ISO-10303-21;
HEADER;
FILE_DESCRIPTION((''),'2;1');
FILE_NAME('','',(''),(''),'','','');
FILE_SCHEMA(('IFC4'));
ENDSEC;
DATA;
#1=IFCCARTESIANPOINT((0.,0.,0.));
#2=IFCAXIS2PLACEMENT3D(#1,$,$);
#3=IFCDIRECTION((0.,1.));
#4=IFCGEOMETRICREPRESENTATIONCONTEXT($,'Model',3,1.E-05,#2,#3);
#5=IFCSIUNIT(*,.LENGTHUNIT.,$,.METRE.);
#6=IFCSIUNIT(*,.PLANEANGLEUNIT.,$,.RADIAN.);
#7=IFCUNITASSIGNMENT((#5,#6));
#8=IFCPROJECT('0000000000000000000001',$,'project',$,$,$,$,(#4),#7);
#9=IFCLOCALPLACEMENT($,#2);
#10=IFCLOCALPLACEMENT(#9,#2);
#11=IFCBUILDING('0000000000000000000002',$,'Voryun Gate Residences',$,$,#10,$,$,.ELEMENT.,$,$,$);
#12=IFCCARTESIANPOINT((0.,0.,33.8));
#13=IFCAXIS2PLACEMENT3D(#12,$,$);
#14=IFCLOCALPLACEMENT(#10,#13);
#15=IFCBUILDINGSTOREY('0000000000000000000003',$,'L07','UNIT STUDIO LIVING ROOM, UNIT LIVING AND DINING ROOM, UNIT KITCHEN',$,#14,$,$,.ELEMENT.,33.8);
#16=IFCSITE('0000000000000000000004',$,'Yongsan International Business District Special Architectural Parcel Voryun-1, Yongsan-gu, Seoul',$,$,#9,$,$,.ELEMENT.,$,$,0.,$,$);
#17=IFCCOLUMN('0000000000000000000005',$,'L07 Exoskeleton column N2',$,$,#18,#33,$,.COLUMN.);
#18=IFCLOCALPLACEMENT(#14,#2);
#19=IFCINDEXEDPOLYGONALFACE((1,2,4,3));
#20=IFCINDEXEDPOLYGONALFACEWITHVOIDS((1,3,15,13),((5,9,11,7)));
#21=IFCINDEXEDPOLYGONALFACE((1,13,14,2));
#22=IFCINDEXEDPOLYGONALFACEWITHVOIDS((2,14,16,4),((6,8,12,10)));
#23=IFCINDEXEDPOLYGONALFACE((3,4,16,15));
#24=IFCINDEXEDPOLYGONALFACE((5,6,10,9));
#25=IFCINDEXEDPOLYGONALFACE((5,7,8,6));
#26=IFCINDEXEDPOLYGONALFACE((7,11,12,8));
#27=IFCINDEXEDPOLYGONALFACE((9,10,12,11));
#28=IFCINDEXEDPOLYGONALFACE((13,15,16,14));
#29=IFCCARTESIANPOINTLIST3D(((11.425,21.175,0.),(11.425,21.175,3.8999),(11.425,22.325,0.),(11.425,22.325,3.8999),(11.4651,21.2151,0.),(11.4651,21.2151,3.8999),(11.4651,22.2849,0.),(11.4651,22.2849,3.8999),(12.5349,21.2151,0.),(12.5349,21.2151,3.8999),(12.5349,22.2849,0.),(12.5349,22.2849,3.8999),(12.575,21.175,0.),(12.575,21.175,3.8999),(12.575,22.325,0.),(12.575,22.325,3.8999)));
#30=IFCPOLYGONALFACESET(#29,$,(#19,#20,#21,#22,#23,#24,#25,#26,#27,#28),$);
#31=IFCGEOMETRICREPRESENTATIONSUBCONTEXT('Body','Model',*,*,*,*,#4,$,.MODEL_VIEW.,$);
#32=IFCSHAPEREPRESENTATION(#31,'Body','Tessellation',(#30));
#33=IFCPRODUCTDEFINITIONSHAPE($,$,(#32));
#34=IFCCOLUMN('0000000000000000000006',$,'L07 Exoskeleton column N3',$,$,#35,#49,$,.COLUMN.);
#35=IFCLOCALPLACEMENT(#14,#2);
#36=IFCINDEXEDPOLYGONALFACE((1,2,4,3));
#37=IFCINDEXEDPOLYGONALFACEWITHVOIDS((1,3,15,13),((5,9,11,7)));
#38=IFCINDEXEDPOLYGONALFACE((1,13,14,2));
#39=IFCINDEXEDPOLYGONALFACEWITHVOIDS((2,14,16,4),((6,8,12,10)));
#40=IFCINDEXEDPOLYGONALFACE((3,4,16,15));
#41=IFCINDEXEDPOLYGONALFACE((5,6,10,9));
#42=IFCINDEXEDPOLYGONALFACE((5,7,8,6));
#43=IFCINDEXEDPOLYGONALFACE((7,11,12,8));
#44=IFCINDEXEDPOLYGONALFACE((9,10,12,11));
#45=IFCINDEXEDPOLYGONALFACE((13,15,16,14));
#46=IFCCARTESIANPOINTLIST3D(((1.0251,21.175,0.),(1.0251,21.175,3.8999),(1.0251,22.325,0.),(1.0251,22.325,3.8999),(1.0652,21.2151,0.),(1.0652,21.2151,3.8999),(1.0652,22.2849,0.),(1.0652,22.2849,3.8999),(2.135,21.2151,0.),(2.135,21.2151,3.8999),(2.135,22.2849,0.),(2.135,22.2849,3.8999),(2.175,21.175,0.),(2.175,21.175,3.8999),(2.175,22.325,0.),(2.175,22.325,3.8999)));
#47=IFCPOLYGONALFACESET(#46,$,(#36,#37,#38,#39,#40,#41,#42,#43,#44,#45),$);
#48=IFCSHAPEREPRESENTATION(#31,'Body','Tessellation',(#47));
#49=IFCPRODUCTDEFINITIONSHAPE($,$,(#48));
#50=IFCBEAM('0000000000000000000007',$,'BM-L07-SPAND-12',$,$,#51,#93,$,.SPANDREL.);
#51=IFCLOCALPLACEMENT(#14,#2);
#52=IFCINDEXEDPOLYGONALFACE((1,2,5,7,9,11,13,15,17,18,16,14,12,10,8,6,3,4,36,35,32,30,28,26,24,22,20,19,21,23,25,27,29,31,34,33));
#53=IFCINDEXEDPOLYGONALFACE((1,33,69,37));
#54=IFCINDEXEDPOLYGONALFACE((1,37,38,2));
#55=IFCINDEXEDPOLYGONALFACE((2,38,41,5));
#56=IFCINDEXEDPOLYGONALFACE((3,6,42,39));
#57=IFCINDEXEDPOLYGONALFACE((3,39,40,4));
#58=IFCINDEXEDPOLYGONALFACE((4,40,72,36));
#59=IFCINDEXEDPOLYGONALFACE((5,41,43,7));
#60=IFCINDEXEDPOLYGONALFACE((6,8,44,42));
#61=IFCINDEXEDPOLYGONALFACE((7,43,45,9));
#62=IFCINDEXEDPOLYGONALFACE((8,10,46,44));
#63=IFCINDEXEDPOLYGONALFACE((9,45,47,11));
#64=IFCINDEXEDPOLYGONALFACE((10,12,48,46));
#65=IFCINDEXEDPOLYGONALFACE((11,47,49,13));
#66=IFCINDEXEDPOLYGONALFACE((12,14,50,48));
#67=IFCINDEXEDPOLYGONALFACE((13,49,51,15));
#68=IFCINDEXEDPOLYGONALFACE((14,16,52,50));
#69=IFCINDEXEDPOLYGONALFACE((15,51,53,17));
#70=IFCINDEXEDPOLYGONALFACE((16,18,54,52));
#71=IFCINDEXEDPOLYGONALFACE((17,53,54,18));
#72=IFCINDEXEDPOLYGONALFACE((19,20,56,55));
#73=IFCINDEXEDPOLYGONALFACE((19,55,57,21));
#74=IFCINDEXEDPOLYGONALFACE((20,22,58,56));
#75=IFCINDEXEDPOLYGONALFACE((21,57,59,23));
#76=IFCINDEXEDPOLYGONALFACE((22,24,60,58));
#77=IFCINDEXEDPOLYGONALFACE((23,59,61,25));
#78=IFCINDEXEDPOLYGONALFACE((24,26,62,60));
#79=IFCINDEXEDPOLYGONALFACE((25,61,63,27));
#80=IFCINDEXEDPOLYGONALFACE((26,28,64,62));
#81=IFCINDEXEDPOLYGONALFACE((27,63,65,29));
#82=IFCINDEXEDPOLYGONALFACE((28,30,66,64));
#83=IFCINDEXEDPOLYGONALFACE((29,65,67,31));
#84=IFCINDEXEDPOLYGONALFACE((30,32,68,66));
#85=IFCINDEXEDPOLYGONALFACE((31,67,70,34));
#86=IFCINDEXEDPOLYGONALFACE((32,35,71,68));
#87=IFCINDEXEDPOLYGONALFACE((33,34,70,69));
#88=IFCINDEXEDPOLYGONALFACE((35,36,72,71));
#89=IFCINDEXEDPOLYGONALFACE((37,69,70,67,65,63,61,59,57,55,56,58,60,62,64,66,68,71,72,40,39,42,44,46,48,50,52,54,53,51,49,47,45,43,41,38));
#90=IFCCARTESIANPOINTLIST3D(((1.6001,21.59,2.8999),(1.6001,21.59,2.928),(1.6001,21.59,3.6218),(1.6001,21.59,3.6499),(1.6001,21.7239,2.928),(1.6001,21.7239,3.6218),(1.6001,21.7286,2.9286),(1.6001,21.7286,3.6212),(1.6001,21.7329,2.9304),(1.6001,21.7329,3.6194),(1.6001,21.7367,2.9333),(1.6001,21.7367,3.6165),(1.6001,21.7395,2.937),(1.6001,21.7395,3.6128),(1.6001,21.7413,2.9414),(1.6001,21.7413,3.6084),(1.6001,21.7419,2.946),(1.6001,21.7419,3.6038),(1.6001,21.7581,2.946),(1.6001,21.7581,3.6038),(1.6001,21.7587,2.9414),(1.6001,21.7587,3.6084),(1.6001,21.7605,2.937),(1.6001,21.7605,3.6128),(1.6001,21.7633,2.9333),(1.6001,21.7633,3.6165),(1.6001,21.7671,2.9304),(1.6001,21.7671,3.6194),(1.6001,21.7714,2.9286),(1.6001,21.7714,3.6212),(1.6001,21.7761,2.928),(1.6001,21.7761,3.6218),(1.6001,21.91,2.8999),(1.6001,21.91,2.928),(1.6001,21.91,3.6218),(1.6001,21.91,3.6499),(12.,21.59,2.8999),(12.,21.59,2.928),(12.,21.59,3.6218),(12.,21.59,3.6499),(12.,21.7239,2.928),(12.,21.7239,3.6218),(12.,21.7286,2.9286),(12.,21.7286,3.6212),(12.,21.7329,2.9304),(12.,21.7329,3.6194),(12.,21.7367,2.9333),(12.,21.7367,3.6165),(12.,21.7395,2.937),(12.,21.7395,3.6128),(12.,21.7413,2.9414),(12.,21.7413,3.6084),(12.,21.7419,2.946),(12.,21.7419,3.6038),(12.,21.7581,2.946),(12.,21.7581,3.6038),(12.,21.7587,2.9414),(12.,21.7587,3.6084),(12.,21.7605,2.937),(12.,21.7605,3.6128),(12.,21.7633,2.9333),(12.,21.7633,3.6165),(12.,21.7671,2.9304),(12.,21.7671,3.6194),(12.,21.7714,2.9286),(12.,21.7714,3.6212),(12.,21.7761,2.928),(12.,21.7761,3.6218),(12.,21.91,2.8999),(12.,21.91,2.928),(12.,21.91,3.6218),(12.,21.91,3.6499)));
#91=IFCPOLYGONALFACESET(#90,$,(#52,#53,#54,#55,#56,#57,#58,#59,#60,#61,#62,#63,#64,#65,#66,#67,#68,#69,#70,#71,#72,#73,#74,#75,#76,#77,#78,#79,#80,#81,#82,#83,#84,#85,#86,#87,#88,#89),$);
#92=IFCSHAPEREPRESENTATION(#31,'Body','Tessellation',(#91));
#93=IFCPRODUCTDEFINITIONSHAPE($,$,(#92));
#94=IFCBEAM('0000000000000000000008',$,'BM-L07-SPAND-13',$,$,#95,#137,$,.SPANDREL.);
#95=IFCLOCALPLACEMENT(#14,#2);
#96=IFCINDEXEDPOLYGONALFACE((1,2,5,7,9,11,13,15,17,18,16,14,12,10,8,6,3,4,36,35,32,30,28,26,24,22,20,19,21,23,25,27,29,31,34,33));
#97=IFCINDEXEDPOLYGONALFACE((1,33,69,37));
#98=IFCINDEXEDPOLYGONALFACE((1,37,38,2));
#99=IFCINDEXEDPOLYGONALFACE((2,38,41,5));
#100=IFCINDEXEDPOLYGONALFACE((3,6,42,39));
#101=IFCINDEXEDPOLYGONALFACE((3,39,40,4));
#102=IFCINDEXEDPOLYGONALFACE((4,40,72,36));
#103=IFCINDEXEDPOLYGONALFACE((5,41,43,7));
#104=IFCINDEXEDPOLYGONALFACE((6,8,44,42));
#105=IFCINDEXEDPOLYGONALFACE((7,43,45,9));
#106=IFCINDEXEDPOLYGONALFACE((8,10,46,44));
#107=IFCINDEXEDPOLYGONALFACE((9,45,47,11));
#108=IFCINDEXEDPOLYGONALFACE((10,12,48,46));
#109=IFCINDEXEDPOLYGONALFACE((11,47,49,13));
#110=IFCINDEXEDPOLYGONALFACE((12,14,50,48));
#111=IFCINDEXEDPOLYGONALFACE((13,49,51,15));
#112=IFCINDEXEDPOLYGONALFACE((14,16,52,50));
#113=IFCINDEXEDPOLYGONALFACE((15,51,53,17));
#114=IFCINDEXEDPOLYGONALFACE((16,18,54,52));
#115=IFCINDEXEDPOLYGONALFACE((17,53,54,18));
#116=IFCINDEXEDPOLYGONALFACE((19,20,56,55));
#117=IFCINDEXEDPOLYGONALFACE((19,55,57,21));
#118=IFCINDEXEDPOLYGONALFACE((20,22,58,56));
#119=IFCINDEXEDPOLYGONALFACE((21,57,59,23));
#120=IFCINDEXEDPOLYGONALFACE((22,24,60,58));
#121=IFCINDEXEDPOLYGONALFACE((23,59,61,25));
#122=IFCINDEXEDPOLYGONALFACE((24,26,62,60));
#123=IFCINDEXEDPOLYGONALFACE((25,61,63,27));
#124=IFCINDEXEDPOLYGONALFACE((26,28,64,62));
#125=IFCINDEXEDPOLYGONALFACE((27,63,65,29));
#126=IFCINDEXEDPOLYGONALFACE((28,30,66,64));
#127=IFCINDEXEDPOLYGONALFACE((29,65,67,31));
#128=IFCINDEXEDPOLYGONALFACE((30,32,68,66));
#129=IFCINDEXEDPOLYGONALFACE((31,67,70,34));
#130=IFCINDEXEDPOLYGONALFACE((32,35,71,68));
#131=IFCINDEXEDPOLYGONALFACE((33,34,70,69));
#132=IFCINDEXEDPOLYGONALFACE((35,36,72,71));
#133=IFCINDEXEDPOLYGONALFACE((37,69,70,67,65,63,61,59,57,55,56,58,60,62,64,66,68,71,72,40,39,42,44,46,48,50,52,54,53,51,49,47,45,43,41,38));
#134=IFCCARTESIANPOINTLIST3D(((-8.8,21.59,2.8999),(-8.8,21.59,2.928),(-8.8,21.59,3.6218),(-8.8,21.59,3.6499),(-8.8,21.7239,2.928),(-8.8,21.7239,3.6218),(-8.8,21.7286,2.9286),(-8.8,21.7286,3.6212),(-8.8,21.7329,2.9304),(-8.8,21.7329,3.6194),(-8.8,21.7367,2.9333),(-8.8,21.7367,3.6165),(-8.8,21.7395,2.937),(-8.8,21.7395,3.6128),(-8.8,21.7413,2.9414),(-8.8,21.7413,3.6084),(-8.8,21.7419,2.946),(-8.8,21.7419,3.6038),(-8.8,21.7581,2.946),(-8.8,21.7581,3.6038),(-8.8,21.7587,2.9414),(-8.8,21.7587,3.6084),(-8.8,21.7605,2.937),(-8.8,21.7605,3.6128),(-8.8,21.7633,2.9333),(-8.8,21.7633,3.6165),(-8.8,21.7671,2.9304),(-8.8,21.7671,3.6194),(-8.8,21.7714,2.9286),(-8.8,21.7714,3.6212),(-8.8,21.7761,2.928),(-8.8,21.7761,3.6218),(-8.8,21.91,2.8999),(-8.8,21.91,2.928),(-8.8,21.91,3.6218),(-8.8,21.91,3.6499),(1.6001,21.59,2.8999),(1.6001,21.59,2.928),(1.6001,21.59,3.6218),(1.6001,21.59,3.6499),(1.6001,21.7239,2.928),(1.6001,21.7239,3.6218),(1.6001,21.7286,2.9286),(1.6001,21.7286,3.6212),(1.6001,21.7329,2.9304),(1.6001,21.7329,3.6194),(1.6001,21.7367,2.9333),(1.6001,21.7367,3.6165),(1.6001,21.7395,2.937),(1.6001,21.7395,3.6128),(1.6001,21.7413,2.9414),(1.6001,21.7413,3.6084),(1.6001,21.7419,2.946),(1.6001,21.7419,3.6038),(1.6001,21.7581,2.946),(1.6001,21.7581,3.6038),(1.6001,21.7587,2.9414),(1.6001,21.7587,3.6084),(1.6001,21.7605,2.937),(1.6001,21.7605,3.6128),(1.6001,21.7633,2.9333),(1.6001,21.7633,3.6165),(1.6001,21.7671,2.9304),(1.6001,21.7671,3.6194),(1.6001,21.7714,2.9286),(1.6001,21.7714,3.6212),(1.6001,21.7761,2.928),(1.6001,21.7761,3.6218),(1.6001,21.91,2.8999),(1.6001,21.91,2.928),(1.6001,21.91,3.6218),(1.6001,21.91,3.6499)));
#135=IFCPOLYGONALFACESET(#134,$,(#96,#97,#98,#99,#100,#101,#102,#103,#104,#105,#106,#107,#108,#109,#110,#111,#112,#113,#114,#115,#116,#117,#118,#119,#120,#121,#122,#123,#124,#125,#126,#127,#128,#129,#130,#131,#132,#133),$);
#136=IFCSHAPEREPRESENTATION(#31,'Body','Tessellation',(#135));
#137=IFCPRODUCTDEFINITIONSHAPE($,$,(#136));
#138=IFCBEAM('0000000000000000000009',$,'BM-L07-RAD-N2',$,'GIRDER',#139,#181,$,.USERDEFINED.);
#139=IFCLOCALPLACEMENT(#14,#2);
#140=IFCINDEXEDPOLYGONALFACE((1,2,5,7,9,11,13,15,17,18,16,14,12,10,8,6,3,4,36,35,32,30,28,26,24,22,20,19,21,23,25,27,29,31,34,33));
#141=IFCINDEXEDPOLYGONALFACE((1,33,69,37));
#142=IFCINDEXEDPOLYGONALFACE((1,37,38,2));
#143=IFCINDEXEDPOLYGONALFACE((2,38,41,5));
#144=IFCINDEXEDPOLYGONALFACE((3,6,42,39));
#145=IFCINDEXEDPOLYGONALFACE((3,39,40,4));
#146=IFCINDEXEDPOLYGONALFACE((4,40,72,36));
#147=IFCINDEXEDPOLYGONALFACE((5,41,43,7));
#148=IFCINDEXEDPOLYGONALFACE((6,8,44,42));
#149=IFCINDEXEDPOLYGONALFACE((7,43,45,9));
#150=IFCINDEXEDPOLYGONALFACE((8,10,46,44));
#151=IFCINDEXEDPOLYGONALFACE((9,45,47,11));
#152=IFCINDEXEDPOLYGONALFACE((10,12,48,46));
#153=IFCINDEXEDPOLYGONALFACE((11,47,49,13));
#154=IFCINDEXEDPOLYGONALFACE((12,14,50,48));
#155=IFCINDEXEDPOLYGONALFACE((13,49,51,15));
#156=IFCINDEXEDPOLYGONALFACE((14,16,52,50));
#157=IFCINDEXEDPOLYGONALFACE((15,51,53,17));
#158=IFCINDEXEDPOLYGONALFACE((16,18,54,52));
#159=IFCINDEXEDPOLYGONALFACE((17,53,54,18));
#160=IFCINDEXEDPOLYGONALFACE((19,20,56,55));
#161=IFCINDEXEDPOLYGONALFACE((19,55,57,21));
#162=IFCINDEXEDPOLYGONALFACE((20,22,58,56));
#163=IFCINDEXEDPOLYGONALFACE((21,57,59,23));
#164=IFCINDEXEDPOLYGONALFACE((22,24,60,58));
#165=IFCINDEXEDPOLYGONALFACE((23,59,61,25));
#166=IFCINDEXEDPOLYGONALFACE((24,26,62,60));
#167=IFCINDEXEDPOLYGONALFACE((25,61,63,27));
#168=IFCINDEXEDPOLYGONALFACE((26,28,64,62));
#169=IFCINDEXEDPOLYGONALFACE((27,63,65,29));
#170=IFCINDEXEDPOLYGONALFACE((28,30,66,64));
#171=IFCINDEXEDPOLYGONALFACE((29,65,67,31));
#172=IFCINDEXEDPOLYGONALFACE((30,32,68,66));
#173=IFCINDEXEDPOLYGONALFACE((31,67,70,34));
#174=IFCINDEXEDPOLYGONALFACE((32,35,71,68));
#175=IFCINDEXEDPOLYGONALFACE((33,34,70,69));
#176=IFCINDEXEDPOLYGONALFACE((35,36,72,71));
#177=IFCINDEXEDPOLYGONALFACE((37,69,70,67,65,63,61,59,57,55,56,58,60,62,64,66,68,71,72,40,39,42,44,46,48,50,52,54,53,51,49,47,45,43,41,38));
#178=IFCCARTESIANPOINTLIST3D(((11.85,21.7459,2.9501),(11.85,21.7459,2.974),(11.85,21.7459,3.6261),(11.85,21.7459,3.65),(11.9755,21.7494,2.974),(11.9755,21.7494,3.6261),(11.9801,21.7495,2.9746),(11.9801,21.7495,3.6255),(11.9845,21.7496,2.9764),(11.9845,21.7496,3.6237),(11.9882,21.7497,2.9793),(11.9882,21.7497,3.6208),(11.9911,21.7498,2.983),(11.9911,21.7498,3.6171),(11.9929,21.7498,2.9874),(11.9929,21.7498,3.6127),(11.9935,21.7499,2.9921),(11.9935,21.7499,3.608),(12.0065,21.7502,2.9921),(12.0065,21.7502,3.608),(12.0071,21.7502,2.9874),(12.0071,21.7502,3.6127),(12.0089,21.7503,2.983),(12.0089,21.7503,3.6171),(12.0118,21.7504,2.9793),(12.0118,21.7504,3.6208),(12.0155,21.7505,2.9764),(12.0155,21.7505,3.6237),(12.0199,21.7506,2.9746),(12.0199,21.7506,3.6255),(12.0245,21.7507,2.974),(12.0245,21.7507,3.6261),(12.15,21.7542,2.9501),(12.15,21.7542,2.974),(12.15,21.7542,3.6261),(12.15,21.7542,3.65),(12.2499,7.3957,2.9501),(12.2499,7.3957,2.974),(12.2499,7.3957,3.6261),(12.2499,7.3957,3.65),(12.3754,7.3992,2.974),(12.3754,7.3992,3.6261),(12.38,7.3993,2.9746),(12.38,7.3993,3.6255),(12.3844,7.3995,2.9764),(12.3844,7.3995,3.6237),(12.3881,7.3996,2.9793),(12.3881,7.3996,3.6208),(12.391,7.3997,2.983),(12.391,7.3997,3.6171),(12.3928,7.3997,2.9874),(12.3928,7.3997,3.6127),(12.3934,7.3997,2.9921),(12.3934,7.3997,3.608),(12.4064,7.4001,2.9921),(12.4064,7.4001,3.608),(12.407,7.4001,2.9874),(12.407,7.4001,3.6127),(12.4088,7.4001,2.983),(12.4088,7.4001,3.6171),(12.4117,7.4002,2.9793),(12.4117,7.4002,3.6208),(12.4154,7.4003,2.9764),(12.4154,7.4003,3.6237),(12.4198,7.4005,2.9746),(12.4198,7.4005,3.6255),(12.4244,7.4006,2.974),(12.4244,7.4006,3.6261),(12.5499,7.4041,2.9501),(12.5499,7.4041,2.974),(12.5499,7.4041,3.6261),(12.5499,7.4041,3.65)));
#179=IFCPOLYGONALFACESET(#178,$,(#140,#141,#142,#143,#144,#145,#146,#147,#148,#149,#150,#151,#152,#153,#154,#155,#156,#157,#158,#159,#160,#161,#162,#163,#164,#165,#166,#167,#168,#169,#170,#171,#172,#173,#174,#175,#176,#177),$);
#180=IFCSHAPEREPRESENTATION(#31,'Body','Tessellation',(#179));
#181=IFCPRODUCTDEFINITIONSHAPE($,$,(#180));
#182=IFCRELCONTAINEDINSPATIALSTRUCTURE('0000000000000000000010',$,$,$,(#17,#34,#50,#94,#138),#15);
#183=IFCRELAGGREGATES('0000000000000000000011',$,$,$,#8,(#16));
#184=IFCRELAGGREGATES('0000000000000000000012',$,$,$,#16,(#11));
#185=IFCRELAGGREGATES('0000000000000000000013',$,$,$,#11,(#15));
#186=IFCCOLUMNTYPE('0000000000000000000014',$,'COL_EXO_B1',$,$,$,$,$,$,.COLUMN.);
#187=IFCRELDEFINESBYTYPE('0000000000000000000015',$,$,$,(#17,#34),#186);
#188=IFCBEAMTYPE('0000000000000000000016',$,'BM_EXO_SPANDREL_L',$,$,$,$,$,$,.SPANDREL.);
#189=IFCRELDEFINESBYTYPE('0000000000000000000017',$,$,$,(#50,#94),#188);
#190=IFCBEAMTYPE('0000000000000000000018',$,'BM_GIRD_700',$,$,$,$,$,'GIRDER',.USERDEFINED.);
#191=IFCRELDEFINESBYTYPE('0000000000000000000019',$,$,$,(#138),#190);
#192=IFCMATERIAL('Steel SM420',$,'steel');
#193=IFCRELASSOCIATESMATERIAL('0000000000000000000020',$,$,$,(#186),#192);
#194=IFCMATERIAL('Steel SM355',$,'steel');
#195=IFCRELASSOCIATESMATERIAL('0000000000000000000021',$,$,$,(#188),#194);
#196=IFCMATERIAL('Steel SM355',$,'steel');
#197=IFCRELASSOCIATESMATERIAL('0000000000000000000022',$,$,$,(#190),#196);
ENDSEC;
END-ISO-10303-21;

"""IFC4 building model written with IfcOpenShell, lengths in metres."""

from ifc_helpers import new_model, si_unit, direction, frame, origin, origin_2d, place, context, subcontext, project, spatial, hollow_rectangle, i_section, extrude, material, material_profile, profile_set, type_object, element, save


model = new_model("IFC4")

# Units and contexts
model_context = context("Model", 3, precision=1e-05, world=origin(), true_north=direction((0.0, 1.0)))
body_context = subcontext(model_context, "Body", "Model", "MODEL_VIEW")
ifc_project = project(units=[si_unit("LENGTHUNIT", "METRE"), si_unit("PLANEANGLEUNIT", "RADIAN")], contexts=[model_context])

# Site, building, storey
site_placement = place(None, origin())
site = spatial("IfcSite", under=ifc_project, at=site_placement, Name="Yongsan International Business District Special Architectural Parcel Voryun-1, Yongsan-gu, Seoul", CompositionType="ELEMENT", RefElevation=0.0)
building_placement = place(site_placement, origin())
building = spatial("IfcBuilding", under=site, at=building_placement, Name="Voryun Gate Residences", CompositionType="ELEMENT")
storey_placement = place(building_placement, frame((0.0, 0.0, 33.8)))
storey = spatial("IfcBuildingStorey", under=building, at=storey_placement, Name="L07", Description="UNIT STUDIO LIVING ROOM, UNIT LIVING AND DINING ROOM, UNIT KITCHEN", CompositionType="ELEMENT", Elevation=33.8)

# Columns
ifc_material_1 = material(Name="Steel SM420", Category="steel")
ifc_material_profile_1 = material_profile(ifc_material_1, hollow_rectangle(XDim=1.1499, YDim=1.1499, WallThickness=0.04, at=origin_2d()), Name="BOX-1150x1150x40")
ifc_profile_set_1 = profile_set([ifc_material_profile_1], Name="Steel SM420")
column_type = type_object("IfcColumnType", Name="COL_EXO_B1", PredefinedType="COLUMN", material=ifc_profile_set_1)
for number, where, z_axis, x_axis, name in (
    (1, (12.0, 21.75, 0.0), (0.0, 0.0, 1.0), (1.0, 0.0, 0.0), "L07 Exoskeleton column N2"),
    (2, (1.6001, 21.75, 0.0), (0.0, 0.0, 1.0), (1.0, 0.0, 0.0), "L07 Exoskeleton column N3"),
):
    element("IfcColumn", number, at=place(storey_placement, frame(where, z_axis=z_axis, x_axis=x_axis)), inside=storey, type_object=column_type, Name=name, PredefinedType="COLUMN", context=body_context, shape_type="SweptSolid", body=[
        extrude(hollow_rectangle(XDim=1.1499, YDim=1.1499, WallThickness=0.04, at=origin_2d()), origin(), (0.0, 0.0, 1.0), 3.8999),
    ])

# Beams
ifc_material_2 = material(Name="Steel SM355", Category="steel")
ifc_material_profile_2 = material_profile(ifc_material_2, i_section(OverallWidth=0.3201, OverallDepth=0.75, WebThickness=0.0161, FlangeThickness=0.0281, FilletRadius=0.0181, at=origin_2d()), Name="H-750x320x16x28")
ifc_profile_set_2 = profile_set([ifc_material_profile_2], Name="Steel SM355")
beam_type_1 = type_object("IfcBeamType", Name="BM_EXO_SPANDREL_L", PredefinedType="SPANDREL", material=ifc_profile_set_2)
beam_1_placement = place(storey_placement, frame((12.0, 21.75, 3.2749), z_axis=(-1.0, 0.0, 0.0), x_axis=(0.0, -1.0, 0.0)))
element("IfcBeam", 3, at=beam_1_placement, inside=storey, type_object=beam_type_1, Name="BM-L07-SPAND-12", PredefinedType="SPANDREL", context=body_context, shape_type="SweptSolid", body=[
    extrude(i_section(OverallWidth=0.3201, OverallDepth=0.75, WebThickness=0.0161, FlangeThickness=0.0281, FilletRadius=0.0181, at=origin_2d()), origin(), (0.0, 0.0, 1.0), 10.3999),
])
beam_2_placement = place(storey_placement, frame((1.6001, 21.75, 3.2749), z_axis=(-1.0, 0.0, 0.0), x_axis=(0.0, -1.0, 0.0)))
element("IfcBeam", 4, at=beam_2_placement, inside=storey, type_object=beam_type_1, Name="BM-L07-SPAND-13", PredefinedType="SPANDREL", context=body_context, shape_type="SweptSolid", body=[
    extrude(i_section(OverallWidth=0.3201, OverallDepth=0.75, WebThickness=0.0161, FlangeThickness=0.0281, FilletRadius=0.0181, at=origin_2d()), origin(), (0.0, 0.0, 1.0), 10.4001),
])
ifc_material_3 = material(Name="Steel SM355", Category="steel")
ifc_material_profile_3 = material_profile(ifc_material_3, i_section(OverallWidth=0.3, OverallDepth=0.7, WebThickness=0.0129, FlangeThickness=0.0239, FilletRadius=0.0181, at=origin_2d()), Name="H-700x300x13x24")
ifc_profile_set_3 = profile_set([ifc_material_profile_3], Name="Steel SM355")
beam_type_2 = type_object("IfcBeamType", Name="BM_GIRD_700", ElementType="GIRDER", PredefinedType="USERDEFINED", material=ifc_profile_set_3)
beam_3_placement = place(storey_placement, frame((12.3999, 7.3999, 3.3), z_axis=(-0.027857, 0.999612, 0.0), x_axis=(-0.999612, -0.027857, 0.0)))
element("IfcBeam", 5, at=beam_3_placement, inside=storey, type_object=beam_type_2, Name="BM-L07-RAD-N2", ObjectType="GIRDER", PredefinedType="USERDEFINED", context=body_context, shape_type="SweptSolid", body=[
    extrude(i_section(OverallWidth=0.3, OverallDepth=0.7, WebThickness=0.0129, FlangeThickness=0.0239, FilletRadius=0.0181, at=origin_2d()), origin(), (0.0, 0.0, 1.0), 14.3557),
])

save(model, "model.ifc")
